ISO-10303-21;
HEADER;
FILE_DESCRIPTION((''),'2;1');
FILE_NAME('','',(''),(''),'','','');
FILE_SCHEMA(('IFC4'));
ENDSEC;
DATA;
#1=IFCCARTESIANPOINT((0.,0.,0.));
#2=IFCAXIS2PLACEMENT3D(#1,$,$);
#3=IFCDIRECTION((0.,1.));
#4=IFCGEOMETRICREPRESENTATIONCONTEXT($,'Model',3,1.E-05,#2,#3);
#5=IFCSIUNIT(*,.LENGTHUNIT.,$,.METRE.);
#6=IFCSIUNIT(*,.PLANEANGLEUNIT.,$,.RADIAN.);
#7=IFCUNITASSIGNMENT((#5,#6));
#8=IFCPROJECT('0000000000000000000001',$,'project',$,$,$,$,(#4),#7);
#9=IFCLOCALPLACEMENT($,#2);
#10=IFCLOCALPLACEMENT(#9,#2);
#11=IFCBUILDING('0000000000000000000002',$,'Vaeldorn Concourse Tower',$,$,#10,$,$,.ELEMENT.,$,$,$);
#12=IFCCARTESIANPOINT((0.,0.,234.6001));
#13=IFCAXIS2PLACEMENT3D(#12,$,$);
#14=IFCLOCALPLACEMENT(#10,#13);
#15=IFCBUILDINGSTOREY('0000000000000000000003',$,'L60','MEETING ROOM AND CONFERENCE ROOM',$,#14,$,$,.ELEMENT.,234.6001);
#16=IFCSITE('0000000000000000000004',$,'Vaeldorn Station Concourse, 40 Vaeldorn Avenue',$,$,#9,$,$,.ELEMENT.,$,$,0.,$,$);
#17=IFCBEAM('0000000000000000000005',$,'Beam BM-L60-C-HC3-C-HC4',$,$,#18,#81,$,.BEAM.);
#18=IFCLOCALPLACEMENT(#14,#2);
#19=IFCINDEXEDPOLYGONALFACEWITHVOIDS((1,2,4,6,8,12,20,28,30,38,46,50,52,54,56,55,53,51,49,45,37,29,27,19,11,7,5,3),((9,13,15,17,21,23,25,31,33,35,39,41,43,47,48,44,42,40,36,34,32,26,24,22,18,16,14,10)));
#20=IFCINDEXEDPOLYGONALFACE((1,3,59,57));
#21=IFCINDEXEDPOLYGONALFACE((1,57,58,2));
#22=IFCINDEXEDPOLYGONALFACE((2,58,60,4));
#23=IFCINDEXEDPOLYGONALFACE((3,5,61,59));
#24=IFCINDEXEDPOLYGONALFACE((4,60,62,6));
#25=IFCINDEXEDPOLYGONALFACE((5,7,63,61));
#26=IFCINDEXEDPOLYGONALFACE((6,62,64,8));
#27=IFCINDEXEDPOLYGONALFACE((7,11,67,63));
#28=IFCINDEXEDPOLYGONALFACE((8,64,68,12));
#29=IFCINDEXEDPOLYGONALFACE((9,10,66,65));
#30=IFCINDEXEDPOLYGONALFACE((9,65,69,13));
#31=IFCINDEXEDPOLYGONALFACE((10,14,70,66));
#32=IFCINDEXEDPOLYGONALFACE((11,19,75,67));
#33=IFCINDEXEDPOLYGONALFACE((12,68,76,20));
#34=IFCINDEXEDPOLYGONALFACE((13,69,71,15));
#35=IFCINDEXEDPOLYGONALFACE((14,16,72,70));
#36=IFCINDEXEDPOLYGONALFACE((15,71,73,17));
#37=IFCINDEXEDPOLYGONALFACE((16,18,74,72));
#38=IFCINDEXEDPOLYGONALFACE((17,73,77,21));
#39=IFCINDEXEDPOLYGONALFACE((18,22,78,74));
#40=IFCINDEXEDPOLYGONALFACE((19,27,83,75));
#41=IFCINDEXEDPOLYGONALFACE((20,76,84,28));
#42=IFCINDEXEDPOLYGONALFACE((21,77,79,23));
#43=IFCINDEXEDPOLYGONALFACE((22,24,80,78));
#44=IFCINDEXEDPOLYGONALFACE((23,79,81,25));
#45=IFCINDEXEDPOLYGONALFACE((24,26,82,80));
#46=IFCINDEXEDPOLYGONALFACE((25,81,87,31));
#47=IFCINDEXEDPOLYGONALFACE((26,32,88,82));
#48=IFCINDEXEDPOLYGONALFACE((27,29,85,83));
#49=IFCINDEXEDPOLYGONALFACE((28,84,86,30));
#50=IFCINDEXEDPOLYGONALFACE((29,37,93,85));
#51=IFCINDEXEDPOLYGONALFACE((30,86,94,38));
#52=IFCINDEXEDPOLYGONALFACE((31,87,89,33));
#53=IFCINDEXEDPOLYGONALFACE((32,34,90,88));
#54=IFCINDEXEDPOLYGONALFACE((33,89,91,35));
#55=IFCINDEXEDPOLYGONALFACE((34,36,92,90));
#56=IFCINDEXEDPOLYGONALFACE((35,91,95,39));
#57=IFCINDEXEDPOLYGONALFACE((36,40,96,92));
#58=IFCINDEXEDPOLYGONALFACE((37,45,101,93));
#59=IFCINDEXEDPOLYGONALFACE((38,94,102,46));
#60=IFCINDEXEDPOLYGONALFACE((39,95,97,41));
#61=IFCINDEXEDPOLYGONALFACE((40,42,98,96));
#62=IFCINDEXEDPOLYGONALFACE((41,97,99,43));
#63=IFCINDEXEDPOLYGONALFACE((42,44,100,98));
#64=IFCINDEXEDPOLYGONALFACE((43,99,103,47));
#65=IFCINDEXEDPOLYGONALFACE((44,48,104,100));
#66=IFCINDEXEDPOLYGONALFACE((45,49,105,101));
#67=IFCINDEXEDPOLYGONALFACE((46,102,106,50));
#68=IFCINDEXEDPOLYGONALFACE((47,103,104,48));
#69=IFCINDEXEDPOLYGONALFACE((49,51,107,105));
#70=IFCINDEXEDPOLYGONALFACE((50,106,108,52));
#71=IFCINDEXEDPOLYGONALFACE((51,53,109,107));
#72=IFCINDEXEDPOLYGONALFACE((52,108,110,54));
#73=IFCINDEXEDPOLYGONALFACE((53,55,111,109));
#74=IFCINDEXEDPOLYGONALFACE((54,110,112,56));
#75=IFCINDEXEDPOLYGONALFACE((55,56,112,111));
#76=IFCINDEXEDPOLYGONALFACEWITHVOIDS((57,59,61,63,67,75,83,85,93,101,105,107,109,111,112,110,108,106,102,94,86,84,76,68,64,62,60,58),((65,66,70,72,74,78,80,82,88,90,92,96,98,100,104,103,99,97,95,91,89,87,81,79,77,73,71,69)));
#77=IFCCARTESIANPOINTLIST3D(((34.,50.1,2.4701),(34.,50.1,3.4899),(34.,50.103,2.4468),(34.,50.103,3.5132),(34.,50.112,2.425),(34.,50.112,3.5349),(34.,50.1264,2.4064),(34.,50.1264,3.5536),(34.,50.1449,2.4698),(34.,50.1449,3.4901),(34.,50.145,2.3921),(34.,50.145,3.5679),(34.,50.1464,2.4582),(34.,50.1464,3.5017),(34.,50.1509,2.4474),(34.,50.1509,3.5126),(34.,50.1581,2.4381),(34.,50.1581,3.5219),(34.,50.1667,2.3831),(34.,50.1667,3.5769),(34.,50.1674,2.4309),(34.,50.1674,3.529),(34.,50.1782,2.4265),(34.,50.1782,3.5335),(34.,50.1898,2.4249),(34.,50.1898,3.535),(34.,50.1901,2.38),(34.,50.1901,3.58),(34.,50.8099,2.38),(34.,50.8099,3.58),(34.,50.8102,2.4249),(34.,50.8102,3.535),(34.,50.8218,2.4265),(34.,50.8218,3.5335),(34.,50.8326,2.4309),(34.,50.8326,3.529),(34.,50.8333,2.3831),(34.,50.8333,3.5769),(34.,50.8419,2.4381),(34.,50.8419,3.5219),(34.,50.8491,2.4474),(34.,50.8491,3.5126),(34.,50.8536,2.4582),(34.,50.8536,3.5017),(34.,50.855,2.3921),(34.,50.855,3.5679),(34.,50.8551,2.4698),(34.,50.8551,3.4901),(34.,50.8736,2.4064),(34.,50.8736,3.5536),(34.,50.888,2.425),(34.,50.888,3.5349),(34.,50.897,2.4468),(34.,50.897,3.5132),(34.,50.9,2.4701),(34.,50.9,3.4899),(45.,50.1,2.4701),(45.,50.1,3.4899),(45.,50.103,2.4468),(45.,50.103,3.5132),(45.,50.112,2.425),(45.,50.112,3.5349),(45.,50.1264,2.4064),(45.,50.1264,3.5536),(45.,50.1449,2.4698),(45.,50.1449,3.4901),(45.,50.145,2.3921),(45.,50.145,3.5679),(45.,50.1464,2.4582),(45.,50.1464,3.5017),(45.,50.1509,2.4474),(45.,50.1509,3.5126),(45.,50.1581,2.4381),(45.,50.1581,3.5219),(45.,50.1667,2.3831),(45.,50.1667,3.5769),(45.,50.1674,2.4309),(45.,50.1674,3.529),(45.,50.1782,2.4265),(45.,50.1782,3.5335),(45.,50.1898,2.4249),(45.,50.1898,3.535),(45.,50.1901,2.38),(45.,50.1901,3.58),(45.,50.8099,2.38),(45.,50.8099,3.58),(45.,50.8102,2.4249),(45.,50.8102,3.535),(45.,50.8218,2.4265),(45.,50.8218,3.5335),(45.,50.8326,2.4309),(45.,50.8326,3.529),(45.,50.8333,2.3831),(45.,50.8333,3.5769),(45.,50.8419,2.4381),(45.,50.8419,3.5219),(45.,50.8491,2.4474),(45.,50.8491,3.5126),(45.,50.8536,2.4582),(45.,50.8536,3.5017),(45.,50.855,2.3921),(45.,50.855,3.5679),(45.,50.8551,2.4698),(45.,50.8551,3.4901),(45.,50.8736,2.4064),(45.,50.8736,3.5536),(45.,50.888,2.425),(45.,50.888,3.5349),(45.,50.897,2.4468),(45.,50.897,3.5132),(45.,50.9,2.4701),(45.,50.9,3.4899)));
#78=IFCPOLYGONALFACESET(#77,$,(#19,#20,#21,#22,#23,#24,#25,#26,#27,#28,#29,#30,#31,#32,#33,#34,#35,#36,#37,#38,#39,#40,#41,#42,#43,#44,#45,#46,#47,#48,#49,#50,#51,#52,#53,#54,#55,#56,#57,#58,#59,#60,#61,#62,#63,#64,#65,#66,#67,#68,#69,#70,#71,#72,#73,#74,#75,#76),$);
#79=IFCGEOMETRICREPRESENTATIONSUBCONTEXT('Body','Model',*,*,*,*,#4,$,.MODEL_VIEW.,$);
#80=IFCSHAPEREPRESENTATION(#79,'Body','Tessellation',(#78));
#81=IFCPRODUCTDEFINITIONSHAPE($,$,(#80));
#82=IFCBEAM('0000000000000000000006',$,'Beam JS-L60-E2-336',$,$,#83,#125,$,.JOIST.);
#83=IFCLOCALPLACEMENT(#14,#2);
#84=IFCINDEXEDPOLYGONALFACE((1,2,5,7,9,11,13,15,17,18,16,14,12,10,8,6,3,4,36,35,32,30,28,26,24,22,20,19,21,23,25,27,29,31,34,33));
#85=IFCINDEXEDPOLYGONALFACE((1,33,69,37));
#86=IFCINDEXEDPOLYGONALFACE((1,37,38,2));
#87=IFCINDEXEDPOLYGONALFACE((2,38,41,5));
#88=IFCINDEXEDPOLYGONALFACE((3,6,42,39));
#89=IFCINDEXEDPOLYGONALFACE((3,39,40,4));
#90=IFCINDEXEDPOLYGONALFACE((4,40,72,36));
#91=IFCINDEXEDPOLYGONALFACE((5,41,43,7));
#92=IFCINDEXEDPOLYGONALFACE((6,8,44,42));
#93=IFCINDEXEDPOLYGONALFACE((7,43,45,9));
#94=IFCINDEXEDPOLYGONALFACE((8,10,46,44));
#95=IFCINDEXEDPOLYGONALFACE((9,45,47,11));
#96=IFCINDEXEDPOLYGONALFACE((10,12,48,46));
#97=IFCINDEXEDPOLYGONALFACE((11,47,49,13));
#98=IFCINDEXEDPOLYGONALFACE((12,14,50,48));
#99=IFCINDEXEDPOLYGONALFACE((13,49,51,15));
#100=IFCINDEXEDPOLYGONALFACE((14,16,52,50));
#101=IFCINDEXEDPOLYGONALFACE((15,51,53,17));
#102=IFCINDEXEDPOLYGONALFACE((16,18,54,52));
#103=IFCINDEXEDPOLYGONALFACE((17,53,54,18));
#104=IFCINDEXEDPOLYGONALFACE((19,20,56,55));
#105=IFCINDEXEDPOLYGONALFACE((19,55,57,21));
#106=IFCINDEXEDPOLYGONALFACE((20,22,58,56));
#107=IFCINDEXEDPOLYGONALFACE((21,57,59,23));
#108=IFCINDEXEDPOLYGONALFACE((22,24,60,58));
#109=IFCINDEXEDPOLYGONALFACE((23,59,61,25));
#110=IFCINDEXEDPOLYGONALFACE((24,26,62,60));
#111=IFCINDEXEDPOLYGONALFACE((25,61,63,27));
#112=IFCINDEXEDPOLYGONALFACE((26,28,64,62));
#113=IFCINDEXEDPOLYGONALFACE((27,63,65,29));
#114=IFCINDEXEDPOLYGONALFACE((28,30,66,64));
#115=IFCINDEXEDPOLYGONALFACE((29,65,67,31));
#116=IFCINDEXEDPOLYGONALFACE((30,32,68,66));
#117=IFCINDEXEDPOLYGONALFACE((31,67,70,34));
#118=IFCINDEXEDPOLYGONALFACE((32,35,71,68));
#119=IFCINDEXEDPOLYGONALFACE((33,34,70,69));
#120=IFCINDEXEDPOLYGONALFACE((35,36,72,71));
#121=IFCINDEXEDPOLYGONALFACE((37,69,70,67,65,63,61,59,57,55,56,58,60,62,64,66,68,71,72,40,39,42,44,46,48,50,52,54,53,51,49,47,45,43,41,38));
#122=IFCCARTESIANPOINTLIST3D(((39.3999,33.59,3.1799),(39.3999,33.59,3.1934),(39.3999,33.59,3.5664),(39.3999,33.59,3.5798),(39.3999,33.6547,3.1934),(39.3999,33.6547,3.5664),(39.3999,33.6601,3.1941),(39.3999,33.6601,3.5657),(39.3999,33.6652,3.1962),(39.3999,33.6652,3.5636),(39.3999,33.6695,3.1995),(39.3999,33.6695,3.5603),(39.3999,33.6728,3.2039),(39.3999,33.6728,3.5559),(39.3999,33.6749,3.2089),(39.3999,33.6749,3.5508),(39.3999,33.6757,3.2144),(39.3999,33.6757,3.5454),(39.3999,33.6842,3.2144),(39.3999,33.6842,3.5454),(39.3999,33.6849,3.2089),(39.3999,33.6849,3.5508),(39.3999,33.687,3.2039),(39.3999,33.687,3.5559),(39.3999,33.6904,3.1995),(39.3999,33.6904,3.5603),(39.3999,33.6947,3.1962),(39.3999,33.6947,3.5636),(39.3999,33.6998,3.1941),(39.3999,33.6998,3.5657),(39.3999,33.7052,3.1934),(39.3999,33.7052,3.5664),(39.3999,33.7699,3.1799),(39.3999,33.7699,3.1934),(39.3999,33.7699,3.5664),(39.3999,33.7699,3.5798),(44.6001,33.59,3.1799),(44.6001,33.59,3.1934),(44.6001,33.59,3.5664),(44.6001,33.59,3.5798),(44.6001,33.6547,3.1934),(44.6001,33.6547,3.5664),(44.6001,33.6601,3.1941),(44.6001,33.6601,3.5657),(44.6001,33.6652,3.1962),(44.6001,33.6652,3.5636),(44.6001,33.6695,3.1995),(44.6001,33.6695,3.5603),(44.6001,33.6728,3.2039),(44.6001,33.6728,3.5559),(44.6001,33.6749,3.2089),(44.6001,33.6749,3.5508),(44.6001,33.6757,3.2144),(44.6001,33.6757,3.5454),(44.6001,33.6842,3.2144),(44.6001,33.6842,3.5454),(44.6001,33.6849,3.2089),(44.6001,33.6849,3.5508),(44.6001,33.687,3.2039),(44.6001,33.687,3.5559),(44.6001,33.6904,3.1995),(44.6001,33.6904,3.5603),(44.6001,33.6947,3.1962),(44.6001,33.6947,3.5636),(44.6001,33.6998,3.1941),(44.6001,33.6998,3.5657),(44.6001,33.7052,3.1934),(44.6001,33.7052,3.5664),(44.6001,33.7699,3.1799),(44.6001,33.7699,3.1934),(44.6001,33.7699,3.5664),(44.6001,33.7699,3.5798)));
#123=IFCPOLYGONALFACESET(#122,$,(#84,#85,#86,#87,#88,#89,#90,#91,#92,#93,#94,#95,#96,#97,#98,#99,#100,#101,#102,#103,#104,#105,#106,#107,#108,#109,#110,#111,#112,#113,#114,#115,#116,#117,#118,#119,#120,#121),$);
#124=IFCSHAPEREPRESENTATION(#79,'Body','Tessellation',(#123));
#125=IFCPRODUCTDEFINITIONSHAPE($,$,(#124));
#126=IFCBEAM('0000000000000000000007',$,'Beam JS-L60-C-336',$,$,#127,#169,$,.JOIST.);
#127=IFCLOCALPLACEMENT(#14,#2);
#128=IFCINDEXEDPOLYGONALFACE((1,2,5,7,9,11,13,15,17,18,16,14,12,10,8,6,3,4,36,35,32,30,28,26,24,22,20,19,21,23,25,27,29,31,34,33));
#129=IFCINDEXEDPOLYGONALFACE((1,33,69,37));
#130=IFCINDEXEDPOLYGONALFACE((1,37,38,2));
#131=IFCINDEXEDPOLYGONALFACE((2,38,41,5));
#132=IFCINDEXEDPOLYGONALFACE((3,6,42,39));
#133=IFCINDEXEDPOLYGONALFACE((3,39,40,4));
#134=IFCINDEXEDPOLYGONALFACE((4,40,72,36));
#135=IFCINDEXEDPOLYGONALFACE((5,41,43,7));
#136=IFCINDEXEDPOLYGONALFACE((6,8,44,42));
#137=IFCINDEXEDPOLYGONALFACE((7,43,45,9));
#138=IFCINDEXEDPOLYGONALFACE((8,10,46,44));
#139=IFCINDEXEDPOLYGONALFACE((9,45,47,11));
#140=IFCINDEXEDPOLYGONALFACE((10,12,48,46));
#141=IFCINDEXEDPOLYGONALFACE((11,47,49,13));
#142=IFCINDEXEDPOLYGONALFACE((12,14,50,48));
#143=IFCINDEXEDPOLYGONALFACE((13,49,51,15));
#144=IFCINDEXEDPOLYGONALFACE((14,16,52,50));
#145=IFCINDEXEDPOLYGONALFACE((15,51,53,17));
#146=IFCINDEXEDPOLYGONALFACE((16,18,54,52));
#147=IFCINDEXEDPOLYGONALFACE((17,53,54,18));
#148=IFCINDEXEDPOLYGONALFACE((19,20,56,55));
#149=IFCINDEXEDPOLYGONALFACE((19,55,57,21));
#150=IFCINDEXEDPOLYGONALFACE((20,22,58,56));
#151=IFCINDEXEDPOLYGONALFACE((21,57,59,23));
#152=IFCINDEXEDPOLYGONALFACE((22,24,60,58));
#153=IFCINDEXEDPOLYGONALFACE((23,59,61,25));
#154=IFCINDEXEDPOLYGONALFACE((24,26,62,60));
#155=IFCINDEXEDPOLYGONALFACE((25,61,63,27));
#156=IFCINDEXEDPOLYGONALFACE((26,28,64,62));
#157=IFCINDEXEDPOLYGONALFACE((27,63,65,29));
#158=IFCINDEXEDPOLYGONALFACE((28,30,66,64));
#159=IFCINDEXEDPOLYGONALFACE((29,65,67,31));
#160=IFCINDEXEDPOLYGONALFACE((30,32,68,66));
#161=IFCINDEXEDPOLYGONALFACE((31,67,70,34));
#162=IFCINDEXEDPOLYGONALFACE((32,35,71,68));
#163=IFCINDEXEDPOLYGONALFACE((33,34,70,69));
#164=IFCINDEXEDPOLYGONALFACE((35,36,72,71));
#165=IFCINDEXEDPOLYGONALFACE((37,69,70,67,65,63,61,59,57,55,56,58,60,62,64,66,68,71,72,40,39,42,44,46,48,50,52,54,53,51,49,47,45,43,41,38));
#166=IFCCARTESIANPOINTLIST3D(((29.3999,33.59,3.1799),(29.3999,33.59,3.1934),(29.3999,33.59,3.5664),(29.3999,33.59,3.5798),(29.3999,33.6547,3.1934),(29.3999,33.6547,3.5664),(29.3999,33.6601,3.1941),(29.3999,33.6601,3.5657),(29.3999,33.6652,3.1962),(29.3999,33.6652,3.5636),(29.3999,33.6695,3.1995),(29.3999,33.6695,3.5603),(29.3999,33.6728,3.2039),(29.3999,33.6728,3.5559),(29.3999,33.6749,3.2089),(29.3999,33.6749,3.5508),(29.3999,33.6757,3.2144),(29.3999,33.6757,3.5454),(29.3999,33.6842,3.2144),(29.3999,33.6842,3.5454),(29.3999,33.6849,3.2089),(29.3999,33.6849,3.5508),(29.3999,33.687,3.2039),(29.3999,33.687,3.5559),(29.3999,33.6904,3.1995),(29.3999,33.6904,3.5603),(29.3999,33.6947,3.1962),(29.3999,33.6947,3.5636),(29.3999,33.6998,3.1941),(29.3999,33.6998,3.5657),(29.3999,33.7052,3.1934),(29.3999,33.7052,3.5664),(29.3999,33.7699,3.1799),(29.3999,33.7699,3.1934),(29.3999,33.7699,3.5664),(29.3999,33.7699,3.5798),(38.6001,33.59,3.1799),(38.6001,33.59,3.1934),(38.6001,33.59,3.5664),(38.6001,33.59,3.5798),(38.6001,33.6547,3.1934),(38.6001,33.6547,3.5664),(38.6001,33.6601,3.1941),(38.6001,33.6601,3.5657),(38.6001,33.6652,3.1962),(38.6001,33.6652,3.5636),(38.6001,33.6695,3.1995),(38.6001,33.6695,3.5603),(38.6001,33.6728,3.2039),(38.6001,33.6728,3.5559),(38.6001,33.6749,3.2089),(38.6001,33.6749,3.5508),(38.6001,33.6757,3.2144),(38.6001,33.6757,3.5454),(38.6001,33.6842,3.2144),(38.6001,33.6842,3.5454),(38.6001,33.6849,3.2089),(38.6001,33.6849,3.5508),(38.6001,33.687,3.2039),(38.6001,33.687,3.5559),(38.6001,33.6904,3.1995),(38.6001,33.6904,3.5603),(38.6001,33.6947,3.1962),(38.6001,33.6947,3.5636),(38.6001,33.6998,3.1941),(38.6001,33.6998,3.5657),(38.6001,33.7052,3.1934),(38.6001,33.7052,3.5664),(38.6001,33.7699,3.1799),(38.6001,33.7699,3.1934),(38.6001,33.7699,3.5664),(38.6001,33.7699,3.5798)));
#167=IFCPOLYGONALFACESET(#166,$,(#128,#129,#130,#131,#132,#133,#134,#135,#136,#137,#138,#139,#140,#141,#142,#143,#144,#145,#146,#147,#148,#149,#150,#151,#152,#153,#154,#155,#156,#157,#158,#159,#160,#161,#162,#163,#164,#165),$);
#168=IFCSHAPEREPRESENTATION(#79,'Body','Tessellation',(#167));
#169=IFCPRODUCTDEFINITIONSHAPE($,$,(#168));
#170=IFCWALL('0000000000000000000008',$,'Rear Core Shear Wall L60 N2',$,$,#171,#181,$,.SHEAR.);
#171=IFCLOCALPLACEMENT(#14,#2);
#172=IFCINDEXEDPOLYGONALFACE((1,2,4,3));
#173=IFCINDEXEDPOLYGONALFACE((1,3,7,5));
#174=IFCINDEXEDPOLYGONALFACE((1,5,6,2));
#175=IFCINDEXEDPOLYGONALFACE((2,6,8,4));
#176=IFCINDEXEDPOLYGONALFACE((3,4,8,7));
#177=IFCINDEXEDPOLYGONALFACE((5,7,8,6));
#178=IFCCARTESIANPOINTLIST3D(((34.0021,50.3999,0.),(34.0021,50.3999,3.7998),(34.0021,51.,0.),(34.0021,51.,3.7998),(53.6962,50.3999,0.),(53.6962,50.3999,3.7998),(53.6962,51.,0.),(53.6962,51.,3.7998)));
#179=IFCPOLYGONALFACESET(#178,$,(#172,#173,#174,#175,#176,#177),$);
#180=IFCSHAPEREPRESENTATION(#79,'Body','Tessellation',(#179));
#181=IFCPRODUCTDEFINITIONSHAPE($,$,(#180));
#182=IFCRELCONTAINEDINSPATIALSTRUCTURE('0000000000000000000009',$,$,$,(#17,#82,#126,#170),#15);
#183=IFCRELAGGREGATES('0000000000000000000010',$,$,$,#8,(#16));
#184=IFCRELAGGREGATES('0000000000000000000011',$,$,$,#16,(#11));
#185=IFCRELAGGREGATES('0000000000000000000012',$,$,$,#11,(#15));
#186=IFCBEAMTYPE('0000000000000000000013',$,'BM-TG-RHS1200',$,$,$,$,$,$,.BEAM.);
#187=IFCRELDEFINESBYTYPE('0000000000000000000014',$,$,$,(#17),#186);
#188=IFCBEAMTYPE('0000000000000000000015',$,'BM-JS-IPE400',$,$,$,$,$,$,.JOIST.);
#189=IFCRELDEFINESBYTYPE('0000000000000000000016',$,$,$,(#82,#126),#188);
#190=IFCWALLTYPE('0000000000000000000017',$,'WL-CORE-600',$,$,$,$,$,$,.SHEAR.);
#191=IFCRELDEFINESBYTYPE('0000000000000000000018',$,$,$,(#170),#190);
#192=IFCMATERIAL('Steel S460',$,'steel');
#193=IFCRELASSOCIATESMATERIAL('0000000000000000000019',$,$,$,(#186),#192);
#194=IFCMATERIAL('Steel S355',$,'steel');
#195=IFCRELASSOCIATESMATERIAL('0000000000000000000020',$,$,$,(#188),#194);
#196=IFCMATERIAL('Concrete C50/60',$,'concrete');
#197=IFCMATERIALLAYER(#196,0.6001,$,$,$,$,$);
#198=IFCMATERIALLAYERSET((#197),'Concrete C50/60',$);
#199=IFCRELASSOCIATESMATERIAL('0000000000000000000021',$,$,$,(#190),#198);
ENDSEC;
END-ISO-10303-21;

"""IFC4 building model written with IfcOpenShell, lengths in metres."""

from ifc_helpers import new_model, si_unit, direction, frame, frame_2d, origin, origin_2d, place, context, subcontext, project, spatial, rectangle, hollow_rectangle, i_section, extrude, source, transform, mapped, material, layer, layer_set, material_profile, profile_set, type_object, element, save


model = new_model("IFC4")

# Units and contexts
model_context = context("Model", 3, precision=1e-05, world=origin(), true_north=direction((0.0, 1.0)))
body_context = subcontext(model_context, "Body", "Model", "MODEL_VIEW")
ifc_project = project(units=[si_unit("LENGTHUNIT", "METRE"), si_unit("PLANEANGLEUNIT", "RADIAN")], contexts=[model_context])

# Site, building, storey
site_placement = place(None, origin())
site = spatial("IfcSite", under=ifc_project, at=site_placement, Name="Vaeldorn Station Concourse, 40 Vaeldorn Avenue", CompositionType="ELEMENT", RefElevation=0.0)
building_placement = place(site_placement, origin())
building = spatial("IfcBuilding", under=site, at=building_placement, Name="Vaeldorn Concourse Tower", CompositionType="ELEMENT")
storey_placement = place(building_placement, frame((0.0, 0.0, 234.6001)))
storey = spatial("IfcBuildingStorey", under=building, at=storey_placement, Name="L60", Description="MEETING ROOM AND CONFERENCE ROOM", CompositionType="ELEMENT", Elevation=234.6001)

# Shared definitions
ifc_material_1 = material(Name="Steel S460", Category="steel")

# Beams
ifc_material_profile_1 = material_profile(ifc_material_1, hollow_rectangle(XDim=0.8, YDim=1.2, WallThickness=0.0449, InnerFilletRadius=0.0449, OuterFilletRadius=0.0901, at=origin_2d()), Name="RHS 1200x800x45")
ifc_profile_set_1 = profile_set([ifc_material_profile_1], Name="Steel S460")
beam_type_1 = type_object("IfcBeamType", Name="BM-TG-RHS1200", PredefinedType="BEAM", material=ifc_profile_set_1)
shared_shape_1 = source(origin(), body_context, "Body", "SweptSolid", [
    extrude(hollow_rectangle(XDim=0.8, YDim=1.2, WallThickness=0.0449, InnerFilletRadius=0.0449, OuterFilletRadius=0.0901, at=origin_2d()), origin(), (0.0, 0.0, 1.0), 11.0),
])
beam_1_placement = place(storey_placement, frame((34.0, 50.5, 2.98), z_axis=(1.0, 0.0, 0.0), x_axis=(0.0, 1.0, 0.0)))
element("IfcBeam", 1, at=beam_1_placement, inside=storey, type_object=beam_type_1, Name="Beam BM-L60-C-HC3-C-HC4", PredefinedType="BEAM", context=body_context, shape_type="MappedRepresentation", body=[
    mapped(shared_shape_1, transform((0.0, 0.0, 0.0), scale=1.0)),
])
ifc_material_2 = material(Name="Steel S355", Category="steel")
ifc_material_profile_2 = material_profile(ifc_material_2, i_section(OverallWidth=0.1799, OverallDepth=0.3999, WebThickness=0.0085, FlangeThickness=0.0134, FilletRadius=0.021, at=origin_2d()), Name="IPE 400")
ifc_profile_set_2 = profile_set([ifc_material_profile_2], Name="Steel S355")
beam_type_2 = type_object("IfcBeamType", Name="BM-JS-IPE400", PredefinedType="JOIST", material=ifc_profile_set_2)
shared_shape_2 = source(origin(), body_context, "Body", "SweptSolid", [
    extrude(i_section(OverallWidth=0.1799, OverallDepth=0.3999, WebThickness=0.0085, FlangeThickness=0.0134, FilletRadius=0.021, at=origin_2d()), origin(), (0.0, 0.0, 1.0), 5.2002),
])
beam_2_placement = place(storey_placement, frame((39.3999, 33.6799, 3.3799), z_axis=(1.0, 0.0, 0.0), x_axis=(0.0, 1.0, 0.0)))
element("IfcBeam", 2, at=beam_2_placement, inside=storey, type_object=beam_type_2, Name="Beam JS-L60-E2-336", PredefinedType="JOIST", context=body_context, shape_type="MappedRepresentation", body=[
    mapped(shared_shape_2, transform((0.0, 0.0, 0.0), scale=1.0)),
])
shared_shape_3 = source(origin(), body_context, "Body", "SweptSolid", [
    extrude(i_section(OverallWidth=0.1799, OverallDepth=0.3999, WebThickness=0.0085, FlangeThickness=0.0134, FilletRadius=0.021, at=origin_2d()), origin(), (0.0, 0.0, 1.0), 9.2002),
])
beam_3_placement = place(storey_placement, frame((29.3999, 33.6799, 3.3799), z_axis=(1.0, 0.0, 0.0), x_axis=(0.0, 1.0, 0.0)))
element("IfcBeam", 3, at=beam_3_placement, inside=storey, type_object=beam_type_2, Name="Beam JS-L60-C-336", PredefinedType="JOIST", context=body_context, shape_type="MappedRepresentation", body=[
    mapped(shared_shape_3, transform((0.0, 0.0, 0.0), scale=1.0)),
])

# Wall
ifc_material_3 = material(Name="Concrete C50/60", Category="concrete")
ifc_layer_1 = layer(ifc_material_3, 0.6001)
ifc_layer_set_1 = layer_set([ifc_layer_1], Name="Concrete C50/60")
wall_type_1 = type_object("IfcWallType", Name="WL-CORE-600", PredefinedType="SHEAR", material=ifc_layer_set_1)
wall_1_placement = place(storey_placement, frame((34.002, 50.7, 0.0), z_axis=(0.0, 0.0, 1.0), x_axis=(1.0, 0.0, 0.0)))
element("IfcWall", 4, at=wall_1_placement, inside=storey, type_object=wall_type_1, Name="Rear Core Shear Wall L60 N2", PredefinedType="SHEAR", context=body_context, shape_type="SweptSolid", body=[
    extrude(rectangle(XDim=19.6941, YDim=0.6001, at=frame_2d((9.8472, 0.0))), origin(), (0.0, 0.0, 1.0), 3.7998),
])

save(model, "model.ifc")
